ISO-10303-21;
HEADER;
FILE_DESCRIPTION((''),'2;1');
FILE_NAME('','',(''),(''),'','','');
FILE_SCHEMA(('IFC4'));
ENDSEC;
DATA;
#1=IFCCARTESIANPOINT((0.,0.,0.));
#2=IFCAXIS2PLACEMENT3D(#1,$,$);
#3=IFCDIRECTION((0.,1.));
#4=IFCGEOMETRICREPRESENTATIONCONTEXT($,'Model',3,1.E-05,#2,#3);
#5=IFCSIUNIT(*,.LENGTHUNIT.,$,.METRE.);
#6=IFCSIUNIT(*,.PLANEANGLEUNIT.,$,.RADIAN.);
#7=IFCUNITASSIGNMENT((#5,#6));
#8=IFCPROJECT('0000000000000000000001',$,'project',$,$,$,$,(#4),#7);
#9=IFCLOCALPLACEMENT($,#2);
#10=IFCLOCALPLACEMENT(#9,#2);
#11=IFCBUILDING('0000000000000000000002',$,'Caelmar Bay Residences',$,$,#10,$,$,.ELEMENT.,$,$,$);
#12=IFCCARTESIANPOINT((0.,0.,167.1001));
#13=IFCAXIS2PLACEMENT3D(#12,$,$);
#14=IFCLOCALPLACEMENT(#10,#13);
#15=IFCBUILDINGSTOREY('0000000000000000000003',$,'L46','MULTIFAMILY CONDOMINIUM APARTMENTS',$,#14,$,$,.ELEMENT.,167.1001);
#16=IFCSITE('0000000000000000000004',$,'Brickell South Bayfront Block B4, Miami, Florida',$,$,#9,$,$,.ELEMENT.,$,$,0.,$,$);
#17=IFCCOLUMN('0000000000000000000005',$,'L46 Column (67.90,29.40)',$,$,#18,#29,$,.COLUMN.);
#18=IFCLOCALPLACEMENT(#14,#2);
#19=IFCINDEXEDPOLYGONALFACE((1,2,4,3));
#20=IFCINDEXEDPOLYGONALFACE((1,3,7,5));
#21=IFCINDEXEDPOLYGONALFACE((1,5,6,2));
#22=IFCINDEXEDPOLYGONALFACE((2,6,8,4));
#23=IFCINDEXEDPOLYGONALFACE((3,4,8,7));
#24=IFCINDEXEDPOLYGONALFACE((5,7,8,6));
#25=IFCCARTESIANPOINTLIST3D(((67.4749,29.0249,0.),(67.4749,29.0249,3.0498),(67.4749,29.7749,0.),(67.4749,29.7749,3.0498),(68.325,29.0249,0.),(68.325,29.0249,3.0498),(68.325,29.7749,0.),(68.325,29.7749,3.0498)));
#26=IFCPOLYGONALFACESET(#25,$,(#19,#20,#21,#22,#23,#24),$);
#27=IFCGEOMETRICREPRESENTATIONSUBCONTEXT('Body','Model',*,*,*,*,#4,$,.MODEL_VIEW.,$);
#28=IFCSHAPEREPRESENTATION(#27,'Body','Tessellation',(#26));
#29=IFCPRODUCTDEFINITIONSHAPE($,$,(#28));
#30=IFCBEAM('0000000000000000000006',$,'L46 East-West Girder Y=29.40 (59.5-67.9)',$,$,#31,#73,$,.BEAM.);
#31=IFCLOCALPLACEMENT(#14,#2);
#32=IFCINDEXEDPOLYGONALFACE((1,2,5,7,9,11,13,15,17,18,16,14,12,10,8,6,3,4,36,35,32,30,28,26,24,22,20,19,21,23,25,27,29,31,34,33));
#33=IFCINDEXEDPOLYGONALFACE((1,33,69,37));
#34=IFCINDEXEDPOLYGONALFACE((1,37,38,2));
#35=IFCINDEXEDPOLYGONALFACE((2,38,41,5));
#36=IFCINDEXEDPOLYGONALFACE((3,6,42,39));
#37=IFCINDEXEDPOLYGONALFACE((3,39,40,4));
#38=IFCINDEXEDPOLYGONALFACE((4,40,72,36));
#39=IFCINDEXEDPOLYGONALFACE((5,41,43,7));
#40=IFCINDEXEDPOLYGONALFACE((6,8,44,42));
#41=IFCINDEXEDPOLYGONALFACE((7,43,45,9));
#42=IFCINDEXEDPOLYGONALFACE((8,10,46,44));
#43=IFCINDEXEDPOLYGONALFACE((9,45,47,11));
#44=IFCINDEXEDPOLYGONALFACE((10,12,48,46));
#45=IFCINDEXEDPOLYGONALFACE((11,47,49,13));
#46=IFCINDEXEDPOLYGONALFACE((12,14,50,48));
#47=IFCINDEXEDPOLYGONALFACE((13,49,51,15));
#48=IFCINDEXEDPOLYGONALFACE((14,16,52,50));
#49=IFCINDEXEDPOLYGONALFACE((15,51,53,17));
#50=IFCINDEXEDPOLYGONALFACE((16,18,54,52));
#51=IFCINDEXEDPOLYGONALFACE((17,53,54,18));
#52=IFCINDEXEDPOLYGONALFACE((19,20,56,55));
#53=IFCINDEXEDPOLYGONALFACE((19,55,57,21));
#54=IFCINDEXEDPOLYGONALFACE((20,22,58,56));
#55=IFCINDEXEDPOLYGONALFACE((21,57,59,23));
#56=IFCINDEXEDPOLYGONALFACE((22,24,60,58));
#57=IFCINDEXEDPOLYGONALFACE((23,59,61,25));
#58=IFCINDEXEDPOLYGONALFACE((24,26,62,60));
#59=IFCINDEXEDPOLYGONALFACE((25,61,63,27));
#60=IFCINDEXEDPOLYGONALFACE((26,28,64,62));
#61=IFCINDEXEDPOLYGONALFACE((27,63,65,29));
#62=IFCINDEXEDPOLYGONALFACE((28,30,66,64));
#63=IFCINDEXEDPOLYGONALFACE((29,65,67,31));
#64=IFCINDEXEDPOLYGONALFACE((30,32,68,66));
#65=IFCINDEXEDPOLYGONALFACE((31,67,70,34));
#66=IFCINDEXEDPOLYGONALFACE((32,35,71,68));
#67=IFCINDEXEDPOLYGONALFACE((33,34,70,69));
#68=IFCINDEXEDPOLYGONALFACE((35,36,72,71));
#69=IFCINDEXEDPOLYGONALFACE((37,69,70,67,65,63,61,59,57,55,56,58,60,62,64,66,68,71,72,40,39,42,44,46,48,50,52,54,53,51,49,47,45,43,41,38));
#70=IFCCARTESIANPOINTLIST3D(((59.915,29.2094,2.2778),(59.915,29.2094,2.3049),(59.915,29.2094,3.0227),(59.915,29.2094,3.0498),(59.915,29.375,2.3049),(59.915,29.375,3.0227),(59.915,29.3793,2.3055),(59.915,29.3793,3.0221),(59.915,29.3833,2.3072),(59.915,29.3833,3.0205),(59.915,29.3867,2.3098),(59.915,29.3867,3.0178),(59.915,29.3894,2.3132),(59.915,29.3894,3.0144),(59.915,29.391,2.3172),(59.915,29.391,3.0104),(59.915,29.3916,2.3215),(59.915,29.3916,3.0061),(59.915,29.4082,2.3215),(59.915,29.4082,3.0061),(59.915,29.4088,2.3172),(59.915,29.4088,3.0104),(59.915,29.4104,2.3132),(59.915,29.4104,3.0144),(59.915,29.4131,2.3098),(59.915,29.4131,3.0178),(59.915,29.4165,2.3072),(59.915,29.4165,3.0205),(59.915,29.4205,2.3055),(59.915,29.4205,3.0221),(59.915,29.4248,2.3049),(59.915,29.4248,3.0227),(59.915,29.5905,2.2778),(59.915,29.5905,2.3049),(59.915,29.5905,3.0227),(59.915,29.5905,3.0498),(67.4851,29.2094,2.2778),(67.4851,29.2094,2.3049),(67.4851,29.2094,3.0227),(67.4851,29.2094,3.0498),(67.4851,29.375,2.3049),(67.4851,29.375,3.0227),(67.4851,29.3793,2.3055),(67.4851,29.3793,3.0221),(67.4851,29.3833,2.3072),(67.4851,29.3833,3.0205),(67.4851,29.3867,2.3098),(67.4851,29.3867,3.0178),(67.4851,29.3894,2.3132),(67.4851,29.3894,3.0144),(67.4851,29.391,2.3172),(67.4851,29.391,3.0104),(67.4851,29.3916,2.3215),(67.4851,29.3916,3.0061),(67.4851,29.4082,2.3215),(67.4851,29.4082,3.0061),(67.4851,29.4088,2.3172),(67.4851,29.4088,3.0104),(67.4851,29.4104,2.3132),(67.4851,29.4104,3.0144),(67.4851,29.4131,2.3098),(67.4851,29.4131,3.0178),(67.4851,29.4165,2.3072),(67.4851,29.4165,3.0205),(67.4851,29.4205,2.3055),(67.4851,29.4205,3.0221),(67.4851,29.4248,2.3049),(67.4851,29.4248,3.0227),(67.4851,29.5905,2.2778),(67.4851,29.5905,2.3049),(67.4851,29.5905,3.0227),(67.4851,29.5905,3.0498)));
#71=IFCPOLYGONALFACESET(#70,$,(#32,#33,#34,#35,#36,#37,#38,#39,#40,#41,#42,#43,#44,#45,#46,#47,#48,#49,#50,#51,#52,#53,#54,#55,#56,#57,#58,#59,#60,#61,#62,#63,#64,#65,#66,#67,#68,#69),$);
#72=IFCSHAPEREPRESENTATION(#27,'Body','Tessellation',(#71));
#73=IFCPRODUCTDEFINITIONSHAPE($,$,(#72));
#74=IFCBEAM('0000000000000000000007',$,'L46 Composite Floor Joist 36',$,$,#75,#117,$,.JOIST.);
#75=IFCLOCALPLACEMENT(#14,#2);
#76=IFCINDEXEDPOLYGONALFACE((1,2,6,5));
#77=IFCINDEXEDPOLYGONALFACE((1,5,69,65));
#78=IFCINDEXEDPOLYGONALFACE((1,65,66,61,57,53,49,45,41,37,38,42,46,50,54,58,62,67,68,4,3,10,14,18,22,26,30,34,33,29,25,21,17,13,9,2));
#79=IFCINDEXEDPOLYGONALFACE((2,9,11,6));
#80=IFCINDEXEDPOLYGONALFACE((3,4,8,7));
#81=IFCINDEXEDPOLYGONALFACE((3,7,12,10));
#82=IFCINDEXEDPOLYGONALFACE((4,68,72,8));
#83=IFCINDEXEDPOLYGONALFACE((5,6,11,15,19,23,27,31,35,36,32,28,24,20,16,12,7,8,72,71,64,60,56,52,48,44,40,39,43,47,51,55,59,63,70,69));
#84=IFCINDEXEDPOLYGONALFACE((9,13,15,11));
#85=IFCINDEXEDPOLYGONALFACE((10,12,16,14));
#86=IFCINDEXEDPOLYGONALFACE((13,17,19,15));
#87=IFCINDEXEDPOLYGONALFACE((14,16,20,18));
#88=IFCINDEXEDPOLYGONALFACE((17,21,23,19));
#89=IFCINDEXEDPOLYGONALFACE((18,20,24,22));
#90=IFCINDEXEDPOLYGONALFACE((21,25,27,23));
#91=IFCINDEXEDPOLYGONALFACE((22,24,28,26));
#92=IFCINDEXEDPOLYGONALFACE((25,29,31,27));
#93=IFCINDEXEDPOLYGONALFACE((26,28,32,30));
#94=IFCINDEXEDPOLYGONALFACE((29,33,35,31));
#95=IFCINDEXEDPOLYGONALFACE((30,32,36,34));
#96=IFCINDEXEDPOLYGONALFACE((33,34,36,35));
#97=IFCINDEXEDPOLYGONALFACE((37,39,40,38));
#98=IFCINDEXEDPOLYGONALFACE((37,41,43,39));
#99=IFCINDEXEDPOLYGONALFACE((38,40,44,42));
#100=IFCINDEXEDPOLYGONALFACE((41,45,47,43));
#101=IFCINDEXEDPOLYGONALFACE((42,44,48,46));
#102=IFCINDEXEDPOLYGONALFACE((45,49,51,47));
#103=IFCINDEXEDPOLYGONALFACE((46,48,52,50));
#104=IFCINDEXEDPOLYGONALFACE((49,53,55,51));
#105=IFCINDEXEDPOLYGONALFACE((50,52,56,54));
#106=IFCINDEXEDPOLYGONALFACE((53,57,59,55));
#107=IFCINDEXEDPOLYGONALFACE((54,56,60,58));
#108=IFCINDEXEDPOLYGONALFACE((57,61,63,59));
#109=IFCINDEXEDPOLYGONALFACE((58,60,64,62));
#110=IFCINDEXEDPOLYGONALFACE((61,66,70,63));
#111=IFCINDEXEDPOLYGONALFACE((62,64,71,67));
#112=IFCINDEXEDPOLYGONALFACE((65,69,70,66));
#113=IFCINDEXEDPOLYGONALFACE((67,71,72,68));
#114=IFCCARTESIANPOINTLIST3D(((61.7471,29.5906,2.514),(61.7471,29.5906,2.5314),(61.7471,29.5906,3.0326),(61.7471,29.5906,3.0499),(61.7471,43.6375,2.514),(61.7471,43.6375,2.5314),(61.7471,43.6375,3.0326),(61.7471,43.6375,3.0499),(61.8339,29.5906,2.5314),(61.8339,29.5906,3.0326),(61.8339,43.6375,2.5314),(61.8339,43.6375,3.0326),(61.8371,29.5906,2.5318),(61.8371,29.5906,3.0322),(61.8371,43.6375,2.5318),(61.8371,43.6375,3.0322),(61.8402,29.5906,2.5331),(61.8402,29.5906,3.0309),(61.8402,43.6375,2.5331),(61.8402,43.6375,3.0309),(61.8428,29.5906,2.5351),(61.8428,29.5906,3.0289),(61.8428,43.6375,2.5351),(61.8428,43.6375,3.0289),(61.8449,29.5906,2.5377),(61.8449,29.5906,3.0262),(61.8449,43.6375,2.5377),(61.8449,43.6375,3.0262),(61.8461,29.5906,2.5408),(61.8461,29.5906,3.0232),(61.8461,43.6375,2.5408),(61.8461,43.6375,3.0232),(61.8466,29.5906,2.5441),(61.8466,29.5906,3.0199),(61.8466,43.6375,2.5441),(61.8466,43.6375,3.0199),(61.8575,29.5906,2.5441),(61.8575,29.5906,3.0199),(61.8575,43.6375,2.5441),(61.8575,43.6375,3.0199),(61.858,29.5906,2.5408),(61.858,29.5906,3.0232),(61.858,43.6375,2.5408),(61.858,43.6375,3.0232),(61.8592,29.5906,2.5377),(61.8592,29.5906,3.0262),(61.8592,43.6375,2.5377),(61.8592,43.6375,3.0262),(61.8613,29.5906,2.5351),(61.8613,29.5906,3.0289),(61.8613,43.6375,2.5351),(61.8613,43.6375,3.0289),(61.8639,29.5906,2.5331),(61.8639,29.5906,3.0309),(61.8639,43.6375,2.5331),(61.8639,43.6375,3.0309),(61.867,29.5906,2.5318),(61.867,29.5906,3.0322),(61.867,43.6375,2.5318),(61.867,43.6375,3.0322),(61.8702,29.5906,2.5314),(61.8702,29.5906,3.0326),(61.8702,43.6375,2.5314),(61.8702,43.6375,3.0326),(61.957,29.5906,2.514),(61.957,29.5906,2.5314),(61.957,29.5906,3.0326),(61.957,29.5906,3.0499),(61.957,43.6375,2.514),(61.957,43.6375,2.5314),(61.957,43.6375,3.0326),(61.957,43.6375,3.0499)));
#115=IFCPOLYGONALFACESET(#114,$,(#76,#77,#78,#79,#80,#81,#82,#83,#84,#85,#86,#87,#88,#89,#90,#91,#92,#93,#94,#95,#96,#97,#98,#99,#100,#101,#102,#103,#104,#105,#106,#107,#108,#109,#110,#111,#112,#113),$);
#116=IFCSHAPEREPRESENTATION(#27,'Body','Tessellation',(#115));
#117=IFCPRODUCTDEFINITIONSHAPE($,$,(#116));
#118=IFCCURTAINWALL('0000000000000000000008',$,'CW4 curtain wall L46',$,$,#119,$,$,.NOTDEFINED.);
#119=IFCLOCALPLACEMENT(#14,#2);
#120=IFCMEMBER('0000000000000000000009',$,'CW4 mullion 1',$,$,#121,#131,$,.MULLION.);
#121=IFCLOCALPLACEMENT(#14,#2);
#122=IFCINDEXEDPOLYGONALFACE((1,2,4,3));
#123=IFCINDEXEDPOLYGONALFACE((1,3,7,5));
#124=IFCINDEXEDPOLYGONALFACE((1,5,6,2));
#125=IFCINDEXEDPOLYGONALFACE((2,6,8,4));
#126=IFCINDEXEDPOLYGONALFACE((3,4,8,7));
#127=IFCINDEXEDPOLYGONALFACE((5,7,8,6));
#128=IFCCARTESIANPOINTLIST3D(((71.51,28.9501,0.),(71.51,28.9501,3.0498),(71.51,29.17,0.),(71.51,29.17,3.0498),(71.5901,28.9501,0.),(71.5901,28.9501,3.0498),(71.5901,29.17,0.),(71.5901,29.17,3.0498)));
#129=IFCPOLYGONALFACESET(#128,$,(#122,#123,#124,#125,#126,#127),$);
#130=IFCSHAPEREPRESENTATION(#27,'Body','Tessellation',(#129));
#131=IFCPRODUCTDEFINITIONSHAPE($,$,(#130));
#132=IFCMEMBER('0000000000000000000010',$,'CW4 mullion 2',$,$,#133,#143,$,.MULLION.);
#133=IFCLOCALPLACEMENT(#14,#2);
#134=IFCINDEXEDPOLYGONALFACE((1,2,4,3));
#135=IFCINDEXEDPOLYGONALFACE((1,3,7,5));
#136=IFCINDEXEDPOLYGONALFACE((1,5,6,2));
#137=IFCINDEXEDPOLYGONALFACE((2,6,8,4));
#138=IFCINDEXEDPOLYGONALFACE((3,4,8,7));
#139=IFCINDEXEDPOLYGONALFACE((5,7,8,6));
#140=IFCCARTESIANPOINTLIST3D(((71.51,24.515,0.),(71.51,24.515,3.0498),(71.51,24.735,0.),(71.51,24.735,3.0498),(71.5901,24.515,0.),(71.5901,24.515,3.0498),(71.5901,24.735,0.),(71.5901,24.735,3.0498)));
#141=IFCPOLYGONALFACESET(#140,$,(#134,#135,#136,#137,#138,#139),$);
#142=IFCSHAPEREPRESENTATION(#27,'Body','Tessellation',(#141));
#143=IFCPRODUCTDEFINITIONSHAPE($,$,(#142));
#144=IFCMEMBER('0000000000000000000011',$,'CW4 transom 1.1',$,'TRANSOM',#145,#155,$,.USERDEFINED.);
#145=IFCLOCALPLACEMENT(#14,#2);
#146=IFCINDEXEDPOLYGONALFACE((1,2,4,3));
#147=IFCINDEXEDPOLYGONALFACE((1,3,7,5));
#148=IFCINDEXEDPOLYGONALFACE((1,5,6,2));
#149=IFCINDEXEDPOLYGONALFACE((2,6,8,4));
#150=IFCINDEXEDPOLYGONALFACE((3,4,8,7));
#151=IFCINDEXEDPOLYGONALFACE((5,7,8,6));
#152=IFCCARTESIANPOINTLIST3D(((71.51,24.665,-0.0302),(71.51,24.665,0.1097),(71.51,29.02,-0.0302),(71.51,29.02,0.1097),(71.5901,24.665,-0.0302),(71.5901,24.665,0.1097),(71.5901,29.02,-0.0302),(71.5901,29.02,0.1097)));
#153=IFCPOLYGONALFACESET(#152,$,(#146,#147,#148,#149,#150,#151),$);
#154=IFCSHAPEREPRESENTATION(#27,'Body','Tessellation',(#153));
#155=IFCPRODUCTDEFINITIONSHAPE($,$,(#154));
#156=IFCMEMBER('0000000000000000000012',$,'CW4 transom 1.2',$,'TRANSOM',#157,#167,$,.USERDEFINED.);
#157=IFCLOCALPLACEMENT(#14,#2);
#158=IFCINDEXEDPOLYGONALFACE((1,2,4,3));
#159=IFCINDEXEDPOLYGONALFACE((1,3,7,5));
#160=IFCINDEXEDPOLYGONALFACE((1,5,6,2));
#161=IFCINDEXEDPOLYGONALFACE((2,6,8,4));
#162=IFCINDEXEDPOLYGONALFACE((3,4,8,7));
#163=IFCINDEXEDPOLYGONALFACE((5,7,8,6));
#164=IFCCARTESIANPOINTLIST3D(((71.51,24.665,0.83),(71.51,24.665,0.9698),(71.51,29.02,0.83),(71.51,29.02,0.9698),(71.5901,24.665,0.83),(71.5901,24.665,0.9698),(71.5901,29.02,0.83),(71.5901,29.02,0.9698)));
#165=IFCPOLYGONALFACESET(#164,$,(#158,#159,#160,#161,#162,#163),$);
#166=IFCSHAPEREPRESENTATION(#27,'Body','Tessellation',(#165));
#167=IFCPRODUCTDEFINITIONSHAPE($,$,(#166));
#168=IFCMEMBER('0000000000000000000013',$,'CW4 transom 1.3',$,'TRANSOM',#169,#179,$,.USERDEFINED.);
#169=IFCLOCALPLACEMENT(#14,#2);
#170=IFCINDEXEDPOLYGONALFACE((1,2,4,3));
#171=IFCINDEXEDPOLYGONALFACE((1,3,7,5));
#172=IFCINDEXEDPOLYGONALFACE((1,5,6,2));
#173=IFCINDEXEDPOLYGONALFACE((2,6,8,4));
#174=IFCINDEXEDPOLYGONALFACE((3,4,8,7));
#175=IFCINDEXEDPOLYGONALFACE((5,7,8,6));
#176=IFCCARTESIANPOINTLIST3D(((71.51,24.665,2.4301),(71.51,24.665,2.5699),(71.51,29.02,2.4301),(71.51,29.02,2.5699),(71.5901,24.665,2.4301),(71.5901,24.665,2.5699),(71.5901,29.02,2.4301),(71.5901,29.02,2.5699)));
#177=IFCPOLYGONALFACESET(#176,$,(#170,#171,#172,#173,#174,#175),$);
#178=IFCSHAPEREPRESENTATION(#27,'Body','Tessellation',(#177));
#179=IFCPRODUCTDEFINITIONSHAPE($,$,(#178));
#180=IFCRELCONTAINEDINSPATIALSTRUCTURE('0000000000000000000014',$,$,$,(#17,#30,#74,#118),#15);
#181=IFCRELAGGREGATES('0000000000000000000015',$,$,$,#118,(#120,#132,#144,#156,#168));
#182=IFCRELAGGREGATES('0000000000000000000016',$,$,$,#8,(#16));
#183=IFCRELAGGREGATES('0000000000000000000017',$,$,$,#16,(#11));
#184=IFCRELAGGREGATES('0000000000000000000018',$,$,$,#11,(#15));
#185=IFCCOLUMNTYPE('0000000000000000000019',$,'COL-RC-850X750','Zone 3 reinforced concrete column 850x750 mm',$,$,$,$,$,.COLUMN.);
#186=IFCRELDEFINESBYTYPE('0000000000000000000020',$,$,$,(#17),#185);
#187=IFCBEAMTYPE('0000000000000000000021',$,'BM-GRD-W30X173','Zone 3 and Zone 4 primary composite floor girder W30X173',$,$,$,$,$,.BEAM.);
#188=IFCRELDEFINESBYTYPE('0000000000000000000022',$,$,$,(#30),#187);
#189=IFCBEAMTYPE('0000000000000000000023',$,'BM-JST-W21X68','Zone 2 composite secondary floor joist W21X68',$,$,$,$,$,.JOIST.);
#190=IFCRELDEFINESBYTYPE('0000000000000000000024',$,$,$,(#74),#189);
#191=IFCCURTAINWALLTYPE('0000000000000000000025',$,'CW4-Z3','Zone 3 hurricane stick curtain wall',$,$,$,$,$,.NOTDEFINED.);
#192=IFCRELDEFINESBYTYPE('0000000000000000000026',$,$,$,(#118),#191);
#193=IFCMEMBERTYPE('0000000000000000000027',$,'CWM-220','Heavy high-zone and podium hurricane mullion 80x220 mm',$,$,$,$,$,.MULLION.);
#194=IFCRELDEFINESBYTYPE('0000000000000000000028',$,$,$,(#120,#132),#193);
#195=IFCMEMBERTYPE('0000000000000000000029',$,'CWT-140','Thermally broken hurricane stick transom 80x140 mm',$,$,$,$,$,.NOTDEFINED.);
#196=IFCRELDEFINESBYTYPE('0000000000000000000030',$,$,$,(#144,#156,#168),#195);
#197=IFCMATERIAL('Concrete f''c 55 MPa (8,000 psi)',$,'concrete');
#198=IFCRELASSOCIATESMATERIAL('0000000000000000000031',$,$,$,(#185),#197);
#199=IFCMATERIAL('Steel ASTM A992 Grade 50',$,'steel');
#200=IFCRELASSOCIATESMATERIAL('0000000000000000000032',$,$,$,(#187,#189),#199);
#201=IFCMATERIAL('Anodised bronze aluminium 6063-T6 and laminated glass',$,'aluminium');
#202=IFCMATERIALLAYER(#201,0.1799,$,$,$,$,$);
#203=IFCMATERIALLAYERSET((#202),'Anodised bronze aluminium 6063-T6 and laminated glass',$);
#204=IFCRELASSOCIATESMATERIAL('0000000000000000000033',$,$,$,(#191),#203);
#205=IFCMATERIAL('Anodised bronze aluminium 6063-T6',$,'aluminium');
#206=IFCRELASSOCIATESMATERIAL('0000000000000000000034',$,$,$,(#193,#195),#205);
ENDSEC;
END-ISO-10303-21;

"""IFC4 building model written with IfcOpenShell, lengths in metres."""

from ifc_helpers import new_model, si_unit, direction, frame, origin, origin_2d, place, context, subcontext, project, spatial, rectangle, i_section, extrude, material, layer, layer_set, material_profile, profile_set, type_object, element, aggregate, save


model = new_model("IFC4")

# Units and contexts
model_context = context("Model", 3, precision=1e-05, world=origin(), true_north=direction((0.0, 1.0)))
body_context = subcontext(model_context, "Body", "Model", "MODEL_VIEW")
ifc_project = project(units=[si_unit("LENGTHUNIT", "METRE"), si_unit("PLANEANGLEUNIT", "RADIAN")], contexts=[model_context])

# Site, building, storey
site_placement = place(None, origin())
site = spatial("IfcSite", under=ifc_project, at=site_placement, Name="Brickell South Bayfront Block B4, Miami, Florida", CompositionType="ELEMENT", RefElevation=0.0)
building_placement = place(site_placement, origin())
building = spatial("IfcBuilding", under=site, at=building_placement, Name="Caelmar Bay Residences", CompositionType="ELEMENT")
storey_placement = place(building_placement, frame((0.0, 0.0, 167.1001)))
storey = spatial("IfcBuildingStorey", under=building, at=storey_placement, Name="L46", Description="MULTIFAMILY CONDOMINIUM APARTMENTS", CompositionType="ELEMENT", Elevation=167.1001)

# Column
ifc_material_1 = material(Name="Concrete f'c 55 MPa (8,000 psi)", Category="concrete")
ifc_material_profile_1 = material_profile(ifc_material_1, rectangle(XDim=0.8501, YDim=0.75, at=origin_2d()), Name="RC-COL-850X750")
ifc_profile_set_1 = profile_set([ifc_material_profile_1], Name="Concrete f'c 55 MPa (8,000 psi)")
column_type = type_object("IfcColumnType", Name="COL-RC-850X750", Description="Zone 3 reinforced concrete column 850x750 mm", PredefinedType="COLUMN", material=ifc_profile_set_1)
column_placement = place(storey_placement, frame((67.8999, 29.3999, 0.0), z_axis=(0.0, 0.0, 1.0), x_axis=(1.0, 0.0, 0.0)))
element("IfcColumn", 1, at=column_placement, inside=storey, type_object=column_type, Name="L46 Column (67.90,29.40)", PredefinedType="COLUMN", context=body_context, shape_type="SweptSolid", body=[
    extrude(rectangle(XDim=0.8501, YDim=0.75, at=origin_2d()), origin(), (0.0, 0.0, 1.0), 3.0498),
])

# Beams
ifc_material_2 = material(Name="Steel ASTM A992 Grade 50", Category="steel")
ifc_material_profile_2 = material_profile(ifc_material_2, i_section(OverallWidth=0.3811, OverallDepth=0.772, WebThickness=0.0166, FlangeThickness=0.0271, FilletRadius=0.0166, at=origin_2d()), Name="W30X173")
ifc_profile_set_2 = profile_set([ifc_material_profile_2], Name="Steel ASTM A992 Grade 50")
beam_type_1 = type_object("IfcBeamType", Name="BM-GRD-W30X173", Description="Zone 3 and Zone 4 primary composite floor girder W30X173", PredefinedType="BEAM", material=ifc_profile_set_2)
beam_1_placement = place(storey_placement, frame((59.915, 29.3999, 2.6638), z_axis=(1.0, 0.0, 0.0), x_axis=(0.0, 1.0, 0.0)))
element("IfcBeam", 2, at=beam_1_placement, inside=storey, type_object=beam_type_1, Name="L46 East-West Girder Y=29.40 (59.5-67.9)", PredefinedType="BEAM", context=body_context, shape_type="SweptSolid", body=[
    extrude(i_section(OverallWidth=0.3811, OverallDepth=0.772, WebThickness=0.0166, FlangeThickness=0.0271, FilletRadius=0.0166, at=origin_2d()), origin(), (0.0, 0.0, 1.0), 7.5701),
])
ifc_material_profile_3 = material_profile(ifc_material_2, i_section(OverallWidth=0.21, OverallDepth=0.5359, WebThickness=0.011, FlangeThickness=0.0173, FilletRadius=0.0127, at=origin_2d()), Name="W21X68")
ifc_profile_set_3 = profile_set([ifc_material_profile_3], Name="Steel ASTM A992 Grade 50")
beam_type_2 = type_object("IfcBeamType", Name="BM-JST-W21X68", Description="Zone 2 composite secondary floor joist W21X68", PredefinedType="JOIST", material=ifc_profile_set_3)
beam_2_placement = place(storey_placement, frame((61.8521, 29.5906, 2.782), z_axis=(0.0, 1.0, 0.0), x_axis=(-1.0, 0.0, 0.0)))
element("IfcBeam", 3, at=beam_2_placement, inside=storey, type_object=beam_type_2, Name="L46 Composite Floor Joist 36", PredefinedType="JOIST", context=body_context, shape_type="SweptSolid", body=[
    extrude(i_section(OverallWidth=0.21, OverallDepth=0.5359, WebThickness=0.011, FlangeThickness=0.0173, FilletRadius=0.0127, at=origin_2d()), origin(), (0.0, 0.0, 1.0), 14.0469),
])

# Curtain wall, members
ifc_material_3 = material(Name="Anodised bronze aluminium 6063-T6 and laminated glass", Category="aluminium")
ifc_layer_1 = layer(ifc_material_3, 0.1799)
ifc_layer_set_1 = layer_set([ifc_layer_1], Name="Anodised bronze aluminium 6063-T6 and laminated glass")
curtain_wall_type = type_object("IfcCurtainWallType", Name="CW4-Z3", Description="Zone 3 hurricane stick curtain wall", PredefinedType="NOTDEFINED", material=ifc_layer_set_1)
curtain_wall_placement = place(storey_placement, origin())
curtain_wall = element("IfcCurtainWall", 4, at=curtain_wall_placement, inside=storey, type_object=curtain_wall_type, Name="CW4 curtain wall L46", PredefinedType="NOTDEFINED")
ifc_material_4 = material(Name="Anodised bronze aluminium 6063-T6", Category="aluminium")
ifc_material_profile_4 = material_profile(ifc_material_4, rectangle(XDim=0.0801, YDim=0.22, at=origin_2d()), Name="CWM-80X220")
ifc_profile_set_4 = profile_set([ifc_material_profile_4], Name="Anodised bronze aluminium 6063-T6")
member_type_1 = type_object("IfcMemberType", Name="CWM-220", Description="Heavy high-zone and podium hurricane mullion 80x220 mm", PredefinedType="MULLION", material=ifc_profile_set_4)
member_1_placement = place(storey_placement, frame((71.55, 29.0601, 0.0), z_axis=(0.0, 0.0, 1.0), x_axis=(1.0, 0.0, 0.0)))
member_1 = element("IfcMember", 5, at=member_1_placement, type_object=member_type_1, Name="CW4 mullion 1", PredefinedType="MULLION", context=body_context, shape_type="SweptSolid", body=[
    extrude(rectangle(XDim=0.0801, YDim=0.22, at=origin_2d()), origin(), (0.0, 0.0, 1.0), 3.0498),
])
member_2_placement = place(storey_placement, frame((71.55, 24.625, 0.0), z_axis=(0.0, 0.0, 1.0), x_axis=(1.0, 0.0, 0.0)))
member_2 = element("IfcMember", 6, at=member_2_placement, type_object=member_type_1, Name="CW4 mullion 2", PredefinedType="MULLION", context=body_context, shape_type="SweptSolid", body=[
    extrude(rectangle(XDim=0.0801, YDim=0.22, at=origin_2d()), origin(), (0.0, 0.0, 1.0), 3.0498),
])
ifc_material_profile_5 = material_profile(ifc_material_4, rectangle(XDim=0.0801, YDim=0.1399, at=origin_2d()), Name="CWT-80X140")
ifc_profile_set_5 = profile_set([ifc_material_profile_5], Name="Anodised bronze aluminium 6063-T6")
member_type_2 = type_object("IfcMemberType", Name="CWT-140", Description="Thermally broken hurricane stick transom 80x140 mm", PredefinedType="NOTDEFINED", material=ifc_profile_set_5)
member_3_placement = place(storey_placement, frame((71.55, 29.02, 0.0398), z_axis=(0.0, -1.0, 0.0), x_axis=(1.0, 0.0, 0.0)))
member_3 = element("IfcMember", 7, at=member_3_placement, type_object=member_type_2, Name="CW4 transom 1.1", ObjectType="TRANSOM", PredefinedType="USERDEFINED", context=body_context, shape_type="SweptSolid", body=[
    extrude(rectangle(XDim=0.0801, YDim=0.1399, at=origin_2d()), origin(), (0.0, 0.0, 1.0), 4.355),
])
member_4_placement = place(storey_placement, frame((71.55, 29.02, 0.8999), z_axis=(0.0, -1.0, 0.0), x_axis=(1.0, 0.0, 0.0)))
member_4 = element("IfcMember", 8, at=member_4_placement, type_object=member_type_2, Name="CW4 transom 1.2", ObjectType="TRANSOM", PredefinedType="USERDEFINED", context=body_context, shape_type="SweptSolid", body=[
    extrude(rectangle(XDim=0.0801, YDim=0.1399, at=origin_2d()), origin(), (0.0, 0.0, 1.0), 4.355),
])
member_5_placement = place(storey_placement, frame((71.55, 29.02, 2.5), z_axis=(0.0, -1.0, 0.0), x_axis=(1.0, 0.0, 0.0)))
member_5 = element("IfcMember", 9, at=member_5_placement, type_object=member_type_2, Name="CW4 transom 1.3", ObjectType="TRANSOM", PredefinedType="USERDEFINED", context=body_context, shape_type="SweptSolid", body=[
    extrude(rectangle(XDim=0.0801, YDim=0.1399, at=origin_2d()), origin(), (0.0, 0.0, 1.0), 4.355),
])
aggregate(curtain_wall, [member_1, member_2, member_3, member_4, member_5])

save(model, "model.ifc")
